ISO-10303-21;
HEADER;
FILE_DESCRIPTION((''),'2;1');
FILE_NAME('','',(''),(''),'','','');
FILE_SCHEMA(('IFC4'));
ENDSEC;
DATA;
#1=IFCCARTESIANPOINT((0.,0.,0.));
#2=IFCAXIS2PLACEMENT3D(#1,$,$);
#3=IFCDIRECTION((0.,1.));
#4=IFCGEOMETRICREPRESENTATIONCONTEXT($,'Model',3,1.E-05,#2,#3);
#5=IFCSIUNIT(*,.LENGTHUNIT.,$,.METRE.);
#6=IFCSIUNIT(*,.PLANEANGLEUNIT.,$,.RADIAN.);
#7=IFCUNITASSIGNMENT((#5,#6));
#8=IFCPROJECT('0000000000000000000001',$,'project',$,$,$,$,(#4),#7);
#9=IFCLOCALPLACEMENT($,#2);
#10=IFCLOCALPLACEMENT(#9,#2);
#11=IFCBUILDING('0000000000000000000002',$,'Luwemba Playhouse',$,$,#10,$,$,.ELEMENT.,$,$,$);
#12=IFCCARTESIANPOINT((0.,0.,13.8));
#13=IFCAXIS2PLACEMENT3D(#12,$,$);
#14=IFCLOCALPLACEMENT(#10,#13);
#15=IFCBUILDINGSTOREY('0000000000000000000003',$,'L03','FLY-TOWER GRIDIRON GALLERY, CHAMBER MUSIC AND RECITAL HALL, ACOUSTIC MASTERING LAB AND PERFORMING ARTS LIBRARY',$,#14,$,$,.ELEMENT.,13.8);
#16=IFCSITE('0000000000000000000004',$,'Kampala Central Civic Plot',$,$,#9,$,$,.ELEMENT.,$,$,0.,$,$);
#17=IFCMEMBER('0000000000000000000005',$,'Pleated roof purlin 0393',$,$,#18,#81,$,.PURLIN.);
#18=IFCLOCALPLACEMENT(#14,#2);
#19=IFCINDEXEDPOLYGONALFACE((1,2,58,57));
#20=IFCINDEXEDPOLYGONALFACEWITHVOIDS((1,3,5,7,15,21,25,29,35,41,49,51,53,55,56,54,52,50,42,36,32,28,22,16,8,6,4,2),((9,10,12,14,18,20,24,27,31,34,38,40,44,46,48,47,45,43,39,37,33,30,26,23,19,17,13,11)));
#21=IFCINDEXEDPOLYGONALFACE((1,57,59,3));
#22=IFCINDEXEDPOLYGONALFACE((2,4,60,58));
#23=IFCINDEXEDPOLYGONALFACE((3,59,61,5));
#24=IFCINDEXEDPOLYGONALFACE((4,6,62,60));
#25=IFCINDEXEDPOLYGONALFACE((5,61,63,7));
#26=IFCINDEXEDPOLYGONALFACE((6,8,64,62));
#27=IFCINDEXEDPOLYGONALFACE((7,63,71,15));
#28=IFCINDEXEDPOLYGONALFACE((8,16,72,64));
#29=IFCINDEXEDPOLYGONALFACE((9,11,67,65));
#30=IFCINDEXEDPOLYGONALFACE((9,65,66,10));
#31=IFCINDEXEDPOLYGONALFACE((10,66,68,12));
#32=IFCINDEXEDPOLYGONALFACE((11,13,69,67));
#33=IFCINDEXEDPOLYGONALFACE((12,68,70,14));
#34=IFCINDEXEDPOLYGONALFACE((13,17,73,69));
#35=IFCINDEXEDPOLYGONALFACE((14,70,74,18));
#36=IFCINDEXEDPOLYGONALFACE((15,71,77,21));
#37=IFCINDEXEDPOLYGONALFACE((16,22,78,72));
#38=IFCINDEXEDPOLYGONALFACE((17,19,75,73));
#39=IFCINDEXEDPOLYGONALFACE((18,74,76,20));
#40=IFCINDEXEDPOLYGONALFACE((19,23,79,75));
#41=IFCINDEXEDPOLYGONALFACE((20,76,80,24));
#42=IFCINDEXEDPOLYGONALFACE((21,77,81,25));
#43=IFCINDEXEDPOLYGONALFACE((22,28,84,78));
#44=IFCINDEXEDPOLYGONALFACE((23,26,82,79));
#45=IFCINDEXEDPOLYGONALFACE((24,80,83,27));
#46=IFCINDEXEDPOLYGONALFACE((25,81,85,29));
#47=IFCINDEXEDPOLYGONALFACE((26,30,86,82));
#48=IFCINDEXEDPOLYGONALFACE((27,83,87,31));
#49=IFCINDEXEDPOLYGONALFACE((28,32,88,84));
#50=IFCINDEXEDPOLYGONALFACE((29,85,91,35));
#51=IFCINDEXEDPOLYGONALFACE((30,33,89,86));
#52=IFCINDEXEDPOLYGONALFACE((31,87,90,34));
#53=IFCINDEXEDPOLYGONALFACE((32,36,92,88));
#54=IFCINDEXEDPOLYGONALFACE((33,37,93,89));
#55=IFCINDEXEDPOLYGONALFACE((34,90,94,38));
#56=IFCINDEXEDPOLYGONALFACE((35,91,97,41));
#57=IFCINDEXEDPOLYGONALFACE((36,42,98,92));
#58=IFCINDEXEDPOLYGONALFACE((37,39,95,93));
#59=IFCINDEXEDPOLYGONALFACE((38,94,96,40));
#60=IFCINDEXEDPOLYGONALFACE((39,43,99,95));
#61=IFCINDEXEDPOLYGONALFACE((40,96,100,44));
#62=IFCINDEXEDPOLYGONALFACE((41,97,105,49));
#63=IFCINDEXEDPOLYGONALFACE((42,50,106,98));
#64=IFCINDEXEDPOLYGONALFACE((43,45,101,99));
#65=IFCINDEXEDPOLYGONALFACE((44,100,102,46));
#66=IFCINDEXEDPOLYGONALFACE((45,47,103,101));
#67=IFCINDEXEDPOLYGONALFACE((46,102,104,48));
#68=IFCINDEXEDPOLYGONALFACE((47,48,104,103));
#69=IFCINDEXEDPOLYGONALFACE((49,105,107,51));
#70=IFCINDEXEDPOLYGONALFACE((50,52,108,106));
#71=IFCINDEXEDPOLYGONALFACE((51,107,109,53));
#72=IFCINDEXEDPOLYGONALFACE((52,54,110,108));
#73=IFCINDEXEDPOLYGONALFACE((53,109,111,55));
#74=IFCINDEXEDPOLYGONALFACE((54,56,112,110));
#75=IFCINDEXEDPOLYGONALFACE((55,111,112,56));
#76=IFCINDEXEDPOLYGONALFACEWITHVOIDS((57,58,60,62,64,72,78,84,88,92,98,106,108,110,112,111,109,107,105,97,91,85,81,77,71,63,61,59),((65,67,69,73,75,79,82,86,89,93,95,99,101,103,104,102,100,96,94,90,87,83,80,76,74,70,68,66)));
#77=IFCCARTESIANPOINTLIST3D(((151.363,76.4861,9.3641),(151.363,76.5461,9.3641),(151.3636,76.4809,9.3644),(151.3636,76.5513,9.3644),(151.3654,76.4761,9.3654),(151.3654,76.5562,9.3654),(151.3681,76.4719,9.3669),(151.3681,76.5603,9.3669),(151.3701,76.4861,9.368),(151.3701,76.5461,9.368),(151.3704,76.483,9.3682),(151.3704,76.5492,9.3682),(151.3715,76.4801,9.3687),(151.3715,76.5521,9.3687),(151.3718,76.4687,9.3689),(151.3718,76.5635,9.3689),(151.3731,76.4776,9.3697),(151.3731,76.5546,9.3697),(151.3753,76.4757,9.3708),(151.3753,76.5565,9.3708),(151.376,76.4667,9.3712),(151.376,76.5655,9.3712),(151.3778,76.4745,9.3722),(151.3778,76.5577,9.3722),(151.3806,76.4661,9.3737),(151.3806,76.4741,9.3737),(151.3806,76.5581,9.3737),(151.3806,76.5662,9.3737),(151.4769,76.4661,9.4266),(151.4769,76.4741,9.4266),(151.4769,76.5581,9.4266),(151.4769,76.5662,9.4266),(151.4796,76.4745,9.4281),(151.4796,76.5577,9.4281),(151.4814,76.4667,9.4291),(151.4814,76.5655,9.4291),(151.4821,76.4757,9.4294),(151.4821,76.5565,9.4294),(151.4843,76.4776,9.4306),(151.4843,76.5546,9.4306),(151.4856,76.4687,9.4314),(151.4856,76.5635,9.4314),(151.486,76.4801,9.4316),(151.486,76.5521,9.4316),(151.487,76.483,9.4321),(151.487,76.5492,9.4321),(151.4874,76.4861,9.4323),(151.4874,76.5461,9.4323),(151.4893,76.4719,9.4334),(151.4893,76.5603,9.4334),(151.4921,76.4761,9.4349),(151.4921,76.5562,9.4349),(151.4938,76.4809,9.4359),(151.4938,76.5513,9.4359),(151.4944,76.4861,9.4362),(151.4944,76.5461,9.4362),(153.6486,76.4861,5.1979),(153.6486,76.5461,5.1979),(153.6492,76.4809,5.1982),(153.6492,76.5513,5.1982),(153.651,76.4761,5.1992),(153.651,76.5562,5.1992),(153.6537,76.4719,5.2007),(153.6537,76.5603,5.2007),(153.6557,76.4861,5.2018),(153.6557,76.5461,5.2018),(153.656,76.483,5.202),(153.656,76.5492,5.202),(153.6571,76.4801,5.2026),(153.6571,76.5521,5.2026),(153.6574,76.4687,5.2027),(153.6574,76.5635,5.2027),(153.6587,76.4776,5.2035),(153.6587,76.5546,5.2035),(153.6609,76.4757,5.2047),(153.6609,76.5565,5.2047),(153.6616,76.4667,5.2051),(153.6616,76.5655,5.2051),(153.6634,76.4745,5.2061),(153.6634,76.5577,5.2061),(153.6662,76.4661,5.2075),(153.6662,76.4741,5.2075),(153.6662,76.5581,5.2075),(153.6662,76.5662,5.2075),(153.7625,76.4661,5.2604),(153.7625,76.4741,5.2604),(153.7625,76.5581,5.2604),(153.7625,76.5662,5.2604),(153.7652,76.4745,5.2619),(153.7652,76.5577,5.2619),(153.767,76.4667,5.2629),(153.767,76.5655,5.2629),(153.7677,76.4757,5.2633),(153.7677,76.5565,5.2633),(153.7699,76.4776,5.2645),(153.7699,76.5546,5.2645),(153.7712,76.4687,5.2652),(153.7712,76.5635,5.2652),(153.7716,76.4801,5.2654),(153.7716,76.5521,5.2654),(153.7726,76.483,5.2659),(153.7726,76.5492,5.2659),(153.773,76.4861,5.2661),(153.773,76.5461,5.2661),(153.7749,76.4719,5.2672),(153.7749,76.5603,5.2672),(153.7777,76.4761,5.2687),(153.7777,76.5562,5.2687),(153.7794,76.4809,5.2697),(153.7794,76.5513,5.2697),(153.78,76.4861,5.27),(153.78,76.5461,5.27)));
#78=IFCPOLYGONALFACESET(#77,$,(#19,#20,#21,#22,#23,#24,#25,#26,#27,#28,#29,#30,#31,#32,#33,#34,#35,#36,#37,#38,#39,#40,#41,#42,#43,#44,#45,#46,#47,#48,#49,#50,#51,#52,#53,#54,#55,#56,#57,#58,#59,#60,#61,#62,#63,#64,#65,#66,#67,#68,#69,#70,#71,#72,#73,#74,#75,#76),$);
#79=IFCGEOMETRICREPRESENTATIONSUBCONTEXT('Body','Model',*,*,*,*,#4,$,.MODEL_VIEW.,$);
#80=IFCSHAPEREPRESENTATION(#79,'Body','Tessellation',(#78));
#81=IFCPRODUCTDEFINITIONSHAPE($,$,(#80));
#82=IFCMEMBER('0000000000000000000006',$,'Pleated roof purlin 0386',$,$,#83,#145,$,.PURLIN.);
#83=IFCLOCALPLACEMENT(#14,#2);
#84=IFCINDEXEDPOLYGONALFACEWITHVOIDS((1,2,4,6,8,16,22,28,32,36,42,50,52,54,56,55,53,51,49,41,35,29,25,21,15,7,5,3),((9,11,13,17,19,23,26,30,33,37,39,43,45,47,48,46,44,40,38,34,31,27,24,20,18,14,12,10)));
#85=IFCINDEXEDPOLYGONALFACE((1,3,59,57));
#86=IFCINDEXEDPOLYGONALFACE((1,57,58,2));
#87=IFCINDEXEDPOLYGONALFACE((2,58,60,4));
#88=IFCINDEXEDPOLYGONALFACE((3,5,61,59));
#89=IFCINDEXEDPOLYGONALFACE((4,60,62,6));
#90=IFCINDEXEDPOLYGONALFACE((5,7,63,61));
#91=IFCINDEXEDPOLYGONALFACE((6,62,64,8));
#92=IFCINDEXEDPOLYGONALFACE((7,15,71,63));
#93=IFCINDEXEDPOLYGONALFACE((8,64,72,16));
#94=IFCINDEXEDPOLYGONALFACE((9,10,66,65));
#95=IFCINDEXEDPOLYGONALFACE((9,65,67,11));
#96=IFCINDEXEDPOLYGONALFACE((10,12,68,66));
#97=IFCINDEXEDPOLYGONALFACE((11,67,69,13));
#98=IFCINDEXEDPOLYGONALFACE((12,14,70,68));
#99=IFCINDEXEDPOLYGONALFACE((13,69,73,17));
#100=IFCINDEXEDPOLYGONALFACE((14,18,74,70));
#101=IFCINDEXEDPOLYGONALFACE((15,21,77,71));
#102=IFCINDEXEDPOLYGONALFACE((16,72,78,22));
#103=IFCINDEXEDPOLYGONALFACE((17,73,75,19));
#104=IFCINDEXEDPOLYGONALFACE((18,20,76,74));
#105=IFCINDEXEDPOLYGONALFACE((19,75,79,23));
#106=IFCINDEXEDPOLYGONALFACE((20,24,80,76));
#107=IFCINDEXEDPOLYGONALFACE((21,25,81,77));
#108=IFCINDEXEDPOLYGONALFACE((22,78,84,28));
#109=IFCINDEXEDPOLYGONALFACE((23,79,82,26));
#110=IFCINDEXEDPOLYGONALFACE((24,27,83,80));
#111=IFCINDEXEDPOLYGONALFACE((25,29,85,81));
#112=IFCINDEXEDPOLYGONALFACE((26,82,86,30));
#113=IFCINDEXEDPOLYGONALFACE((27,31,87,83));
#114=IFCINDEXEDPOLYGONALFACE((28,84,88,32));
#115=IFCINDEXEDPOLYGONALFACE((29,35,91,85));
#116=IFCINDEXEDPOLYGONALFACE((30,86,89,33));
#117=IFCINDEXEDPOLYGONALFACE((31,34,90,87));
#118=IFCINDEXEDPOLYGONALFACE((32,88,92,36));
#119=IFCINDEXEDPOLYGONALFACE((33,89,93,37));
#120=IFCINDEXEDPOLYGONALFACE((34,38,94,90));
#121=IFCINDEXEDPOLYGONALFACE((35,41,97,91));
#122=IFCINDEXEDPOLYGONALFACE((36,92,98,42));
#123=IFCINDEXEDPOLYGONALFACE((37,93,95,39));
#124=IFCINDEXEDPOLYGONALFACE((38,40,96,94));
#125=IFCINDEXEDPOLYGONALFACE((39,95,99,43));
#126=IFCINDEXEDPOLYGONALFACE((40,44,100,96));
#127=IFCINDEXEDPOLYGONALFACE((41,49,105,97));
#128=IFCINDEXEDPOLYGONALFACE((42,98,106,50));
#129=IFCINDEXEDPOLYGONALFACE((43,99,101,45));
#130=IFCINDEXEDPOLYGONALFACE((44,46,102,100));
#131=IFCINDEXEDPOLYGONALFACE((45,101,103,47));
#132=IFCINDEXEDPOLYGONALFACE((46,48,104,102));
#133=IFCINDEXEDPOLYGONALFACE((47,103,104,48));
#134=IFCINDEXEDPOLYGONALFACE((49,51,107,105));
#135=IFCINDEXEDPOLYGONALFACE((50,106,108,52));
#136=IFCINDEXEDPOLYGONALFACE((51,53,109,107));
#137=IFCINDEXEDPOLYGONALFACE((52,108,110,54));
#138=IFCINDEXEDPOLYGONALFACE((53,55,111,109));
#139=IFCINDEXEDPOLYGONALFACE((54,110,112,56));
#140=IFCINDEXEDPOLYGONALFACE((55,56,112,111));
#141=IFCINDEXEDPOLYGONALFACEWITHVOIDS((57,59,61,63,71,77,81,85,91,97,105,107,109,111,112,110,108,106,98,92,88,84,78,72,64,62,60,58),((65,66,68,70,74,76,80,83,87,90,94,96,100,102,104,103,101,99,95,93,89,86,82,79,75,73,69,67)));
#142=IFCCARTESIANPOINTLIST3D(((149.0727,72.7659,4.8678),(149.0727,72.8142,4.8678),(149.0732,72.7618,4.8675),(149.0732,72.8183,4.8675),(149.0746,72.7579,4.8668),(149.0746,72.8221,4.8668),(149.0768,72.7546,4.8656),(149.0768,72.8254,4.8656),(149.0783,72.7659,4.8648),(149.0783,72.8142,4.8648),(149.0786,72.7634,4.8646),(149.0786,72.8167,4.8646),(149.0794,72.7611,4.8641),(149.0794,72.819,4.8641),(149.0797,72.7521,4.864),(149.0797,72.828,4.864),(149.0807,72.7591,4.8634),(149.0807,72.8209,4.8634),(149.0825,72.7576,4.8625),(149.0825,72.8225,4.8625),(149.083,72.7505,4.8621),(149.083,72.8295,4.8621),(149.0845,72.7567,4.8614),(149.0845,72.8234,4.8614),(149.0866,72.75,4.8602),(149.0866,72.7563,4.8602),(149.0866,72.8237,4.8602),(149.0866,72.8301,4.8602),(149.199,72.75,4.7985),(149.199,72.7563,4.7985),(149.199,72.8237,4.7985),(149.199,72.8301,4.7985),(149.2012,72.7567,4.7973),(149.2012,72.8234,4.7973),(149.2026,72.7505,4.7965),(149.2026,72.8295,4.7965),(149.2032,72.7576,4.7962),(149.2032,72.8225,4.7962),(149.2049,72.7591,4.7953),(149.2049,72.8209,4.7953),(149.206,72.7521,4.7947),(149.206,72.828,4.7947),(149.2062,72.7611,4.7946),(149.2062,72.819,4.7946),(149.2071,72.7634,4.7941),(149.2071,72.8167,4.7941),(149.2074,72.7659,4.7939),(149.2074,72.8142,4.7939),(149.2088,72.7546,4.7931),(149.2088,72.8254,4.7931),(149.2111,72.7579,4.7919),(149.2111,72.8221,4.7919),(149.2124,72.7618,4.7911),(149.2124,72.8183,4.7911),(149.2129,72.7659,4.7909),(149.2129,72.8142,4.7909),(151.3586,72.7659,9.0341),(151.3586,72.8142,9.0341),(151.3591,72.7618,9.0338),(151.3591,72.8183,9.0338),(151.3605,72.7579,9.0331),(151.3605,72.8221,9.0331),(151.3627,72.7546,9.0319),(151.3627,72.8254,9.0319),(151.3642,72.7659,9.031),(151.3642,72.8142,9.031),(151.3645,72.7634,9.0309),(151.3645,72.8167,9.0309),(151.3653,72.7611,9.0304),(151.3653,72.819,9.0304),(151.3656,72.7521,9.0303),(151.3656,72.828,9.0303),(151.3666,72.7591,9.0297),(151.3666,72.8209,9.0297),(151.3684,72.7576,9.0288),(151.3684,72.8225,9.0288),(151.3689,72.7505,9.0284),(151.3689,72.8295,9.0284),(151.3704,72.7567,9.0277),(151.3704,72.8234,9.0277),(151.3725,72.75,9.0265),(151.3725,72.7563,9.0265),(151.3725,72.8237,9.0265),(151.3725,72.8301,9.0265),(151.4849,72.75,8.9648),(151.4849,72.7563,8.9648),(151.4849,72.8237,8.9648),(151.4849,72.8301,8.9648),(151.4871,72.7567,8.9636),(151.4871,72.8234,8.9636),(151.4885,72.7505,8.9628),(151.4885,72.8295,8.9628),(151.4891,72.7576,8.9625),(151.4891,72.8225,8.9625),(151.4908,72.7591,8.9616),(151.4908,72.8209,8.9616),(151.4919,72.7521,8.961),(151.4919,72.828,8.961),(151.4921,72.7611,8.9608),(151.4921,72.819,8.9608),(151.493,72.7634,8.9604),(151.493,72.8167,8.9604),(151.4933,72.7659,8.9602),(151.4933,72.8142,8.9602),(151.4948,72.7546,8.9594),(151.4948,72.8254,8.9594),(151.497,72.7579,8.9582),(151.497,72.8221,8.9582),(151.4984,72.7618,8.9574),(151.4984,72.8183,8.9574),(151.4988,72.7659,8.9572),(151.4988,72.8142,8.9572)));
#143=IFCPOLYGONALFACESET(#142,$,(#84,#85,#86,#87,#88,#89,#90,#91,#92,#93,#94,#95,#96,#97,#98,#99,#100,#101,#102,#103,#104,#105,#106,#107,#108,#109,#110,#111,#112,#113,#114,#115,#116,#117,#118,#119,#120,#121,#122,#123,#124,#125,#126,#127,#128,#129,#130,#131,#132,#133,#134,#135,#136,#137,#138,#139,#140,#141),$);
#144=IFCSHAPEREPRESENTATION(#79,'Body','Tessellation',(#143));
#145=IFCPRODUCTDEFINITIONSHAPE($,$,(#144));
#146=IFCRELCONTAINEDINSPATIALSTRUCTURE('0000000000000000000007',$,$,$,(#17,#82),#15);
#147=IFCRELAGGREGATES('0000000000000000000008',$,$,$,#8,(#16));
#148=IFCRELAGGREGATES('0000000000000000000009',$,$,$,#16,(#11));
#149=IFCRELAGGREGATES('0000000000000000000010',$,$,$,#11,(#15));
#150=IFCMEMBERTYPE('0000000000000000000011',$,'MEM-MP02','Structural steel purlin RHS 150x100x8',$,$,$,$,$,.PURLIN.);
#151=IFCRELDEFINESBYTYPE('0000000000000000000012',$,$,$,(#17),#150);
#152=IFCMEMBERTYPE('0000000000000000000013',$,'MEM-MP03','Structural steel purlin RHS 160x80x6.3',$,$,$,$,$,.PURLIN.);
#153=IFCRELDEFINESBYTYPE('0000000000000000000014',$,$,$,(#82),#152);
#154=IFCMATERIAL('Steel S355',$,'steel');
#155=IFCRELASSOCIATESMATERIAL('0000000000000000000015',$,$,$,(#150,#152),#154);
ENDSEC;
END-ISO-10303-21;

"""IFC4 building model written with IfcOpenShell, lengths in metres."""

from ifc_helpers import new_model, si_unit, direction, frame, origin, origin_2d, place, context, subcontext, project, spatial, hollow_rectangle, extrude, material, material_profile, profile_set, type_object, element, save


model = new_model("IFC4")

# Units and contexts
model_context = context("Model", 3, precision=1e-05, world=origin(), true_north=direction((0.0, 1.0)))
body_context = subcontext(model_context, "Body", "Model", "MODEL_VIEW")
ifc_project = project(units=[si_unit("LENGTHUNIT", "METRE"), si_unit("PLANEANGLEUNIT", "RADIAN")], contexts=[model_context])

# Site, building, storey
site_placement = place(None, origin())
site = spatial("IfcSite", under=ifc_project, at=site_placement, Name="Kampala Central Civic Plot", CompositionType="ELEMENT", RefElevation=0.0)
building_placement = place(site_placement, origin())
building = spatial("IfcBuilding", under=site, at=building_placement, Name="Luwemba Playhouse", CompositionType="ELEMENT")
storey_placement = place(building_placement, frame((0.0, 0.0, 13.8)))
storey = spatial("IfcBuildingStorey", under=building, at=storey_placement, Name="L03", Description="FLY-TOWER GRIDIRON GALLERY, CHAMBER MUSIC AND RECITAL HALL, ACOUSTIC MASTERING LAB AND PERFORMING ARTS LIBRARY", CompositionType="ELEMENT", Elevation=13.8)

# Shared definitions
ifc_material_1 = material(Name="Steel S355", Category="steel")

# Members
ifc_material_profile_1 = material_profile(ifc_material_1, hollow_rectangle(XDim=0.1001, YDim=0.1499, WallThickness=0.0081, InnerFilletRadius=0.012, OuterFilletRadius=0.02, at=origin_2d()))
ifc_profile_set_1 = profile_set([ifc_material_profile_1], Name="Steel S355")
member_type_1 = type_object("IfcMemberType", Name="MEM-MP02", Description="Structural steel purlin RHS 150x100x8", PredefinedType="PURLIN", material=ifc_profile_set_1)
member_1_placement = place(storey_placement, frame((151.4287, 76.5161, 9.4001), z_axis=(0.480982, 0.0, -0.876731), x_axis=(0.0, 1.0, 0.0)))
element("IfcMember", 1, at=member_1_placement, inside=storey, type_object=member_type_1, Name="Pleated roof purlin 0393", PredefinedType="PURLIN", context=body_context, shape_type="SweptSolid", body=[
    extrude(hollow_rectangle(XDim=0.1001, YDim=0.1499, WallThickness=0.0081, InnerFilletRadius=0.012, OuterFilletRadius=0.02, at=origin_2d()), origin(), (0.0, 0.0, 1.0), 4.752),
])
ifc_material_profile_2 = material_profile(ifc_material_1, hollow_rectangle(XDim=0.0801, YDim=0.1599, WallThickness=0.0063, InnerFilletRadius=0.0095, OuterFilletRadius=0.0159, at=origin_2d()))
ifc_profile_set_2 = profile_set([ifc_material_profile_2], Name="Steel S355")
member_type_2 = type_object("IfcMemberType", Name="MEM-MP03", Description="Structural steel purlin RHS 160x80x6.3", PredefinedType="PURLIN", material=ifc_profile_set_2)
member_2_placement = place(storey_placement, frame((149.1428, 72.79, 4.8293), z_axis=(0.481021, 0.0, 0.876709), x_axis=(0.0, 1.0, 0.0)))
element("IfcMember", 2, at=member_2_placement, inside=storey, type_object=member_type_2, Name="Pleated roof purlin 0386", PredefinedType="PURLIN", context=body_context, shape_type="SweptSolid", body=[
    extrude(hollow_rectangle(XDim=0.0801, YDim=0.1599, WallThickness=0.0063, InnerFilletRadius=0.0095, OuterFilletRadius=0.0159, at=origin_2d()), origin(), (0.0, 0.0, 1.0), 4.7522),
])

save(model, "model.ifc")
